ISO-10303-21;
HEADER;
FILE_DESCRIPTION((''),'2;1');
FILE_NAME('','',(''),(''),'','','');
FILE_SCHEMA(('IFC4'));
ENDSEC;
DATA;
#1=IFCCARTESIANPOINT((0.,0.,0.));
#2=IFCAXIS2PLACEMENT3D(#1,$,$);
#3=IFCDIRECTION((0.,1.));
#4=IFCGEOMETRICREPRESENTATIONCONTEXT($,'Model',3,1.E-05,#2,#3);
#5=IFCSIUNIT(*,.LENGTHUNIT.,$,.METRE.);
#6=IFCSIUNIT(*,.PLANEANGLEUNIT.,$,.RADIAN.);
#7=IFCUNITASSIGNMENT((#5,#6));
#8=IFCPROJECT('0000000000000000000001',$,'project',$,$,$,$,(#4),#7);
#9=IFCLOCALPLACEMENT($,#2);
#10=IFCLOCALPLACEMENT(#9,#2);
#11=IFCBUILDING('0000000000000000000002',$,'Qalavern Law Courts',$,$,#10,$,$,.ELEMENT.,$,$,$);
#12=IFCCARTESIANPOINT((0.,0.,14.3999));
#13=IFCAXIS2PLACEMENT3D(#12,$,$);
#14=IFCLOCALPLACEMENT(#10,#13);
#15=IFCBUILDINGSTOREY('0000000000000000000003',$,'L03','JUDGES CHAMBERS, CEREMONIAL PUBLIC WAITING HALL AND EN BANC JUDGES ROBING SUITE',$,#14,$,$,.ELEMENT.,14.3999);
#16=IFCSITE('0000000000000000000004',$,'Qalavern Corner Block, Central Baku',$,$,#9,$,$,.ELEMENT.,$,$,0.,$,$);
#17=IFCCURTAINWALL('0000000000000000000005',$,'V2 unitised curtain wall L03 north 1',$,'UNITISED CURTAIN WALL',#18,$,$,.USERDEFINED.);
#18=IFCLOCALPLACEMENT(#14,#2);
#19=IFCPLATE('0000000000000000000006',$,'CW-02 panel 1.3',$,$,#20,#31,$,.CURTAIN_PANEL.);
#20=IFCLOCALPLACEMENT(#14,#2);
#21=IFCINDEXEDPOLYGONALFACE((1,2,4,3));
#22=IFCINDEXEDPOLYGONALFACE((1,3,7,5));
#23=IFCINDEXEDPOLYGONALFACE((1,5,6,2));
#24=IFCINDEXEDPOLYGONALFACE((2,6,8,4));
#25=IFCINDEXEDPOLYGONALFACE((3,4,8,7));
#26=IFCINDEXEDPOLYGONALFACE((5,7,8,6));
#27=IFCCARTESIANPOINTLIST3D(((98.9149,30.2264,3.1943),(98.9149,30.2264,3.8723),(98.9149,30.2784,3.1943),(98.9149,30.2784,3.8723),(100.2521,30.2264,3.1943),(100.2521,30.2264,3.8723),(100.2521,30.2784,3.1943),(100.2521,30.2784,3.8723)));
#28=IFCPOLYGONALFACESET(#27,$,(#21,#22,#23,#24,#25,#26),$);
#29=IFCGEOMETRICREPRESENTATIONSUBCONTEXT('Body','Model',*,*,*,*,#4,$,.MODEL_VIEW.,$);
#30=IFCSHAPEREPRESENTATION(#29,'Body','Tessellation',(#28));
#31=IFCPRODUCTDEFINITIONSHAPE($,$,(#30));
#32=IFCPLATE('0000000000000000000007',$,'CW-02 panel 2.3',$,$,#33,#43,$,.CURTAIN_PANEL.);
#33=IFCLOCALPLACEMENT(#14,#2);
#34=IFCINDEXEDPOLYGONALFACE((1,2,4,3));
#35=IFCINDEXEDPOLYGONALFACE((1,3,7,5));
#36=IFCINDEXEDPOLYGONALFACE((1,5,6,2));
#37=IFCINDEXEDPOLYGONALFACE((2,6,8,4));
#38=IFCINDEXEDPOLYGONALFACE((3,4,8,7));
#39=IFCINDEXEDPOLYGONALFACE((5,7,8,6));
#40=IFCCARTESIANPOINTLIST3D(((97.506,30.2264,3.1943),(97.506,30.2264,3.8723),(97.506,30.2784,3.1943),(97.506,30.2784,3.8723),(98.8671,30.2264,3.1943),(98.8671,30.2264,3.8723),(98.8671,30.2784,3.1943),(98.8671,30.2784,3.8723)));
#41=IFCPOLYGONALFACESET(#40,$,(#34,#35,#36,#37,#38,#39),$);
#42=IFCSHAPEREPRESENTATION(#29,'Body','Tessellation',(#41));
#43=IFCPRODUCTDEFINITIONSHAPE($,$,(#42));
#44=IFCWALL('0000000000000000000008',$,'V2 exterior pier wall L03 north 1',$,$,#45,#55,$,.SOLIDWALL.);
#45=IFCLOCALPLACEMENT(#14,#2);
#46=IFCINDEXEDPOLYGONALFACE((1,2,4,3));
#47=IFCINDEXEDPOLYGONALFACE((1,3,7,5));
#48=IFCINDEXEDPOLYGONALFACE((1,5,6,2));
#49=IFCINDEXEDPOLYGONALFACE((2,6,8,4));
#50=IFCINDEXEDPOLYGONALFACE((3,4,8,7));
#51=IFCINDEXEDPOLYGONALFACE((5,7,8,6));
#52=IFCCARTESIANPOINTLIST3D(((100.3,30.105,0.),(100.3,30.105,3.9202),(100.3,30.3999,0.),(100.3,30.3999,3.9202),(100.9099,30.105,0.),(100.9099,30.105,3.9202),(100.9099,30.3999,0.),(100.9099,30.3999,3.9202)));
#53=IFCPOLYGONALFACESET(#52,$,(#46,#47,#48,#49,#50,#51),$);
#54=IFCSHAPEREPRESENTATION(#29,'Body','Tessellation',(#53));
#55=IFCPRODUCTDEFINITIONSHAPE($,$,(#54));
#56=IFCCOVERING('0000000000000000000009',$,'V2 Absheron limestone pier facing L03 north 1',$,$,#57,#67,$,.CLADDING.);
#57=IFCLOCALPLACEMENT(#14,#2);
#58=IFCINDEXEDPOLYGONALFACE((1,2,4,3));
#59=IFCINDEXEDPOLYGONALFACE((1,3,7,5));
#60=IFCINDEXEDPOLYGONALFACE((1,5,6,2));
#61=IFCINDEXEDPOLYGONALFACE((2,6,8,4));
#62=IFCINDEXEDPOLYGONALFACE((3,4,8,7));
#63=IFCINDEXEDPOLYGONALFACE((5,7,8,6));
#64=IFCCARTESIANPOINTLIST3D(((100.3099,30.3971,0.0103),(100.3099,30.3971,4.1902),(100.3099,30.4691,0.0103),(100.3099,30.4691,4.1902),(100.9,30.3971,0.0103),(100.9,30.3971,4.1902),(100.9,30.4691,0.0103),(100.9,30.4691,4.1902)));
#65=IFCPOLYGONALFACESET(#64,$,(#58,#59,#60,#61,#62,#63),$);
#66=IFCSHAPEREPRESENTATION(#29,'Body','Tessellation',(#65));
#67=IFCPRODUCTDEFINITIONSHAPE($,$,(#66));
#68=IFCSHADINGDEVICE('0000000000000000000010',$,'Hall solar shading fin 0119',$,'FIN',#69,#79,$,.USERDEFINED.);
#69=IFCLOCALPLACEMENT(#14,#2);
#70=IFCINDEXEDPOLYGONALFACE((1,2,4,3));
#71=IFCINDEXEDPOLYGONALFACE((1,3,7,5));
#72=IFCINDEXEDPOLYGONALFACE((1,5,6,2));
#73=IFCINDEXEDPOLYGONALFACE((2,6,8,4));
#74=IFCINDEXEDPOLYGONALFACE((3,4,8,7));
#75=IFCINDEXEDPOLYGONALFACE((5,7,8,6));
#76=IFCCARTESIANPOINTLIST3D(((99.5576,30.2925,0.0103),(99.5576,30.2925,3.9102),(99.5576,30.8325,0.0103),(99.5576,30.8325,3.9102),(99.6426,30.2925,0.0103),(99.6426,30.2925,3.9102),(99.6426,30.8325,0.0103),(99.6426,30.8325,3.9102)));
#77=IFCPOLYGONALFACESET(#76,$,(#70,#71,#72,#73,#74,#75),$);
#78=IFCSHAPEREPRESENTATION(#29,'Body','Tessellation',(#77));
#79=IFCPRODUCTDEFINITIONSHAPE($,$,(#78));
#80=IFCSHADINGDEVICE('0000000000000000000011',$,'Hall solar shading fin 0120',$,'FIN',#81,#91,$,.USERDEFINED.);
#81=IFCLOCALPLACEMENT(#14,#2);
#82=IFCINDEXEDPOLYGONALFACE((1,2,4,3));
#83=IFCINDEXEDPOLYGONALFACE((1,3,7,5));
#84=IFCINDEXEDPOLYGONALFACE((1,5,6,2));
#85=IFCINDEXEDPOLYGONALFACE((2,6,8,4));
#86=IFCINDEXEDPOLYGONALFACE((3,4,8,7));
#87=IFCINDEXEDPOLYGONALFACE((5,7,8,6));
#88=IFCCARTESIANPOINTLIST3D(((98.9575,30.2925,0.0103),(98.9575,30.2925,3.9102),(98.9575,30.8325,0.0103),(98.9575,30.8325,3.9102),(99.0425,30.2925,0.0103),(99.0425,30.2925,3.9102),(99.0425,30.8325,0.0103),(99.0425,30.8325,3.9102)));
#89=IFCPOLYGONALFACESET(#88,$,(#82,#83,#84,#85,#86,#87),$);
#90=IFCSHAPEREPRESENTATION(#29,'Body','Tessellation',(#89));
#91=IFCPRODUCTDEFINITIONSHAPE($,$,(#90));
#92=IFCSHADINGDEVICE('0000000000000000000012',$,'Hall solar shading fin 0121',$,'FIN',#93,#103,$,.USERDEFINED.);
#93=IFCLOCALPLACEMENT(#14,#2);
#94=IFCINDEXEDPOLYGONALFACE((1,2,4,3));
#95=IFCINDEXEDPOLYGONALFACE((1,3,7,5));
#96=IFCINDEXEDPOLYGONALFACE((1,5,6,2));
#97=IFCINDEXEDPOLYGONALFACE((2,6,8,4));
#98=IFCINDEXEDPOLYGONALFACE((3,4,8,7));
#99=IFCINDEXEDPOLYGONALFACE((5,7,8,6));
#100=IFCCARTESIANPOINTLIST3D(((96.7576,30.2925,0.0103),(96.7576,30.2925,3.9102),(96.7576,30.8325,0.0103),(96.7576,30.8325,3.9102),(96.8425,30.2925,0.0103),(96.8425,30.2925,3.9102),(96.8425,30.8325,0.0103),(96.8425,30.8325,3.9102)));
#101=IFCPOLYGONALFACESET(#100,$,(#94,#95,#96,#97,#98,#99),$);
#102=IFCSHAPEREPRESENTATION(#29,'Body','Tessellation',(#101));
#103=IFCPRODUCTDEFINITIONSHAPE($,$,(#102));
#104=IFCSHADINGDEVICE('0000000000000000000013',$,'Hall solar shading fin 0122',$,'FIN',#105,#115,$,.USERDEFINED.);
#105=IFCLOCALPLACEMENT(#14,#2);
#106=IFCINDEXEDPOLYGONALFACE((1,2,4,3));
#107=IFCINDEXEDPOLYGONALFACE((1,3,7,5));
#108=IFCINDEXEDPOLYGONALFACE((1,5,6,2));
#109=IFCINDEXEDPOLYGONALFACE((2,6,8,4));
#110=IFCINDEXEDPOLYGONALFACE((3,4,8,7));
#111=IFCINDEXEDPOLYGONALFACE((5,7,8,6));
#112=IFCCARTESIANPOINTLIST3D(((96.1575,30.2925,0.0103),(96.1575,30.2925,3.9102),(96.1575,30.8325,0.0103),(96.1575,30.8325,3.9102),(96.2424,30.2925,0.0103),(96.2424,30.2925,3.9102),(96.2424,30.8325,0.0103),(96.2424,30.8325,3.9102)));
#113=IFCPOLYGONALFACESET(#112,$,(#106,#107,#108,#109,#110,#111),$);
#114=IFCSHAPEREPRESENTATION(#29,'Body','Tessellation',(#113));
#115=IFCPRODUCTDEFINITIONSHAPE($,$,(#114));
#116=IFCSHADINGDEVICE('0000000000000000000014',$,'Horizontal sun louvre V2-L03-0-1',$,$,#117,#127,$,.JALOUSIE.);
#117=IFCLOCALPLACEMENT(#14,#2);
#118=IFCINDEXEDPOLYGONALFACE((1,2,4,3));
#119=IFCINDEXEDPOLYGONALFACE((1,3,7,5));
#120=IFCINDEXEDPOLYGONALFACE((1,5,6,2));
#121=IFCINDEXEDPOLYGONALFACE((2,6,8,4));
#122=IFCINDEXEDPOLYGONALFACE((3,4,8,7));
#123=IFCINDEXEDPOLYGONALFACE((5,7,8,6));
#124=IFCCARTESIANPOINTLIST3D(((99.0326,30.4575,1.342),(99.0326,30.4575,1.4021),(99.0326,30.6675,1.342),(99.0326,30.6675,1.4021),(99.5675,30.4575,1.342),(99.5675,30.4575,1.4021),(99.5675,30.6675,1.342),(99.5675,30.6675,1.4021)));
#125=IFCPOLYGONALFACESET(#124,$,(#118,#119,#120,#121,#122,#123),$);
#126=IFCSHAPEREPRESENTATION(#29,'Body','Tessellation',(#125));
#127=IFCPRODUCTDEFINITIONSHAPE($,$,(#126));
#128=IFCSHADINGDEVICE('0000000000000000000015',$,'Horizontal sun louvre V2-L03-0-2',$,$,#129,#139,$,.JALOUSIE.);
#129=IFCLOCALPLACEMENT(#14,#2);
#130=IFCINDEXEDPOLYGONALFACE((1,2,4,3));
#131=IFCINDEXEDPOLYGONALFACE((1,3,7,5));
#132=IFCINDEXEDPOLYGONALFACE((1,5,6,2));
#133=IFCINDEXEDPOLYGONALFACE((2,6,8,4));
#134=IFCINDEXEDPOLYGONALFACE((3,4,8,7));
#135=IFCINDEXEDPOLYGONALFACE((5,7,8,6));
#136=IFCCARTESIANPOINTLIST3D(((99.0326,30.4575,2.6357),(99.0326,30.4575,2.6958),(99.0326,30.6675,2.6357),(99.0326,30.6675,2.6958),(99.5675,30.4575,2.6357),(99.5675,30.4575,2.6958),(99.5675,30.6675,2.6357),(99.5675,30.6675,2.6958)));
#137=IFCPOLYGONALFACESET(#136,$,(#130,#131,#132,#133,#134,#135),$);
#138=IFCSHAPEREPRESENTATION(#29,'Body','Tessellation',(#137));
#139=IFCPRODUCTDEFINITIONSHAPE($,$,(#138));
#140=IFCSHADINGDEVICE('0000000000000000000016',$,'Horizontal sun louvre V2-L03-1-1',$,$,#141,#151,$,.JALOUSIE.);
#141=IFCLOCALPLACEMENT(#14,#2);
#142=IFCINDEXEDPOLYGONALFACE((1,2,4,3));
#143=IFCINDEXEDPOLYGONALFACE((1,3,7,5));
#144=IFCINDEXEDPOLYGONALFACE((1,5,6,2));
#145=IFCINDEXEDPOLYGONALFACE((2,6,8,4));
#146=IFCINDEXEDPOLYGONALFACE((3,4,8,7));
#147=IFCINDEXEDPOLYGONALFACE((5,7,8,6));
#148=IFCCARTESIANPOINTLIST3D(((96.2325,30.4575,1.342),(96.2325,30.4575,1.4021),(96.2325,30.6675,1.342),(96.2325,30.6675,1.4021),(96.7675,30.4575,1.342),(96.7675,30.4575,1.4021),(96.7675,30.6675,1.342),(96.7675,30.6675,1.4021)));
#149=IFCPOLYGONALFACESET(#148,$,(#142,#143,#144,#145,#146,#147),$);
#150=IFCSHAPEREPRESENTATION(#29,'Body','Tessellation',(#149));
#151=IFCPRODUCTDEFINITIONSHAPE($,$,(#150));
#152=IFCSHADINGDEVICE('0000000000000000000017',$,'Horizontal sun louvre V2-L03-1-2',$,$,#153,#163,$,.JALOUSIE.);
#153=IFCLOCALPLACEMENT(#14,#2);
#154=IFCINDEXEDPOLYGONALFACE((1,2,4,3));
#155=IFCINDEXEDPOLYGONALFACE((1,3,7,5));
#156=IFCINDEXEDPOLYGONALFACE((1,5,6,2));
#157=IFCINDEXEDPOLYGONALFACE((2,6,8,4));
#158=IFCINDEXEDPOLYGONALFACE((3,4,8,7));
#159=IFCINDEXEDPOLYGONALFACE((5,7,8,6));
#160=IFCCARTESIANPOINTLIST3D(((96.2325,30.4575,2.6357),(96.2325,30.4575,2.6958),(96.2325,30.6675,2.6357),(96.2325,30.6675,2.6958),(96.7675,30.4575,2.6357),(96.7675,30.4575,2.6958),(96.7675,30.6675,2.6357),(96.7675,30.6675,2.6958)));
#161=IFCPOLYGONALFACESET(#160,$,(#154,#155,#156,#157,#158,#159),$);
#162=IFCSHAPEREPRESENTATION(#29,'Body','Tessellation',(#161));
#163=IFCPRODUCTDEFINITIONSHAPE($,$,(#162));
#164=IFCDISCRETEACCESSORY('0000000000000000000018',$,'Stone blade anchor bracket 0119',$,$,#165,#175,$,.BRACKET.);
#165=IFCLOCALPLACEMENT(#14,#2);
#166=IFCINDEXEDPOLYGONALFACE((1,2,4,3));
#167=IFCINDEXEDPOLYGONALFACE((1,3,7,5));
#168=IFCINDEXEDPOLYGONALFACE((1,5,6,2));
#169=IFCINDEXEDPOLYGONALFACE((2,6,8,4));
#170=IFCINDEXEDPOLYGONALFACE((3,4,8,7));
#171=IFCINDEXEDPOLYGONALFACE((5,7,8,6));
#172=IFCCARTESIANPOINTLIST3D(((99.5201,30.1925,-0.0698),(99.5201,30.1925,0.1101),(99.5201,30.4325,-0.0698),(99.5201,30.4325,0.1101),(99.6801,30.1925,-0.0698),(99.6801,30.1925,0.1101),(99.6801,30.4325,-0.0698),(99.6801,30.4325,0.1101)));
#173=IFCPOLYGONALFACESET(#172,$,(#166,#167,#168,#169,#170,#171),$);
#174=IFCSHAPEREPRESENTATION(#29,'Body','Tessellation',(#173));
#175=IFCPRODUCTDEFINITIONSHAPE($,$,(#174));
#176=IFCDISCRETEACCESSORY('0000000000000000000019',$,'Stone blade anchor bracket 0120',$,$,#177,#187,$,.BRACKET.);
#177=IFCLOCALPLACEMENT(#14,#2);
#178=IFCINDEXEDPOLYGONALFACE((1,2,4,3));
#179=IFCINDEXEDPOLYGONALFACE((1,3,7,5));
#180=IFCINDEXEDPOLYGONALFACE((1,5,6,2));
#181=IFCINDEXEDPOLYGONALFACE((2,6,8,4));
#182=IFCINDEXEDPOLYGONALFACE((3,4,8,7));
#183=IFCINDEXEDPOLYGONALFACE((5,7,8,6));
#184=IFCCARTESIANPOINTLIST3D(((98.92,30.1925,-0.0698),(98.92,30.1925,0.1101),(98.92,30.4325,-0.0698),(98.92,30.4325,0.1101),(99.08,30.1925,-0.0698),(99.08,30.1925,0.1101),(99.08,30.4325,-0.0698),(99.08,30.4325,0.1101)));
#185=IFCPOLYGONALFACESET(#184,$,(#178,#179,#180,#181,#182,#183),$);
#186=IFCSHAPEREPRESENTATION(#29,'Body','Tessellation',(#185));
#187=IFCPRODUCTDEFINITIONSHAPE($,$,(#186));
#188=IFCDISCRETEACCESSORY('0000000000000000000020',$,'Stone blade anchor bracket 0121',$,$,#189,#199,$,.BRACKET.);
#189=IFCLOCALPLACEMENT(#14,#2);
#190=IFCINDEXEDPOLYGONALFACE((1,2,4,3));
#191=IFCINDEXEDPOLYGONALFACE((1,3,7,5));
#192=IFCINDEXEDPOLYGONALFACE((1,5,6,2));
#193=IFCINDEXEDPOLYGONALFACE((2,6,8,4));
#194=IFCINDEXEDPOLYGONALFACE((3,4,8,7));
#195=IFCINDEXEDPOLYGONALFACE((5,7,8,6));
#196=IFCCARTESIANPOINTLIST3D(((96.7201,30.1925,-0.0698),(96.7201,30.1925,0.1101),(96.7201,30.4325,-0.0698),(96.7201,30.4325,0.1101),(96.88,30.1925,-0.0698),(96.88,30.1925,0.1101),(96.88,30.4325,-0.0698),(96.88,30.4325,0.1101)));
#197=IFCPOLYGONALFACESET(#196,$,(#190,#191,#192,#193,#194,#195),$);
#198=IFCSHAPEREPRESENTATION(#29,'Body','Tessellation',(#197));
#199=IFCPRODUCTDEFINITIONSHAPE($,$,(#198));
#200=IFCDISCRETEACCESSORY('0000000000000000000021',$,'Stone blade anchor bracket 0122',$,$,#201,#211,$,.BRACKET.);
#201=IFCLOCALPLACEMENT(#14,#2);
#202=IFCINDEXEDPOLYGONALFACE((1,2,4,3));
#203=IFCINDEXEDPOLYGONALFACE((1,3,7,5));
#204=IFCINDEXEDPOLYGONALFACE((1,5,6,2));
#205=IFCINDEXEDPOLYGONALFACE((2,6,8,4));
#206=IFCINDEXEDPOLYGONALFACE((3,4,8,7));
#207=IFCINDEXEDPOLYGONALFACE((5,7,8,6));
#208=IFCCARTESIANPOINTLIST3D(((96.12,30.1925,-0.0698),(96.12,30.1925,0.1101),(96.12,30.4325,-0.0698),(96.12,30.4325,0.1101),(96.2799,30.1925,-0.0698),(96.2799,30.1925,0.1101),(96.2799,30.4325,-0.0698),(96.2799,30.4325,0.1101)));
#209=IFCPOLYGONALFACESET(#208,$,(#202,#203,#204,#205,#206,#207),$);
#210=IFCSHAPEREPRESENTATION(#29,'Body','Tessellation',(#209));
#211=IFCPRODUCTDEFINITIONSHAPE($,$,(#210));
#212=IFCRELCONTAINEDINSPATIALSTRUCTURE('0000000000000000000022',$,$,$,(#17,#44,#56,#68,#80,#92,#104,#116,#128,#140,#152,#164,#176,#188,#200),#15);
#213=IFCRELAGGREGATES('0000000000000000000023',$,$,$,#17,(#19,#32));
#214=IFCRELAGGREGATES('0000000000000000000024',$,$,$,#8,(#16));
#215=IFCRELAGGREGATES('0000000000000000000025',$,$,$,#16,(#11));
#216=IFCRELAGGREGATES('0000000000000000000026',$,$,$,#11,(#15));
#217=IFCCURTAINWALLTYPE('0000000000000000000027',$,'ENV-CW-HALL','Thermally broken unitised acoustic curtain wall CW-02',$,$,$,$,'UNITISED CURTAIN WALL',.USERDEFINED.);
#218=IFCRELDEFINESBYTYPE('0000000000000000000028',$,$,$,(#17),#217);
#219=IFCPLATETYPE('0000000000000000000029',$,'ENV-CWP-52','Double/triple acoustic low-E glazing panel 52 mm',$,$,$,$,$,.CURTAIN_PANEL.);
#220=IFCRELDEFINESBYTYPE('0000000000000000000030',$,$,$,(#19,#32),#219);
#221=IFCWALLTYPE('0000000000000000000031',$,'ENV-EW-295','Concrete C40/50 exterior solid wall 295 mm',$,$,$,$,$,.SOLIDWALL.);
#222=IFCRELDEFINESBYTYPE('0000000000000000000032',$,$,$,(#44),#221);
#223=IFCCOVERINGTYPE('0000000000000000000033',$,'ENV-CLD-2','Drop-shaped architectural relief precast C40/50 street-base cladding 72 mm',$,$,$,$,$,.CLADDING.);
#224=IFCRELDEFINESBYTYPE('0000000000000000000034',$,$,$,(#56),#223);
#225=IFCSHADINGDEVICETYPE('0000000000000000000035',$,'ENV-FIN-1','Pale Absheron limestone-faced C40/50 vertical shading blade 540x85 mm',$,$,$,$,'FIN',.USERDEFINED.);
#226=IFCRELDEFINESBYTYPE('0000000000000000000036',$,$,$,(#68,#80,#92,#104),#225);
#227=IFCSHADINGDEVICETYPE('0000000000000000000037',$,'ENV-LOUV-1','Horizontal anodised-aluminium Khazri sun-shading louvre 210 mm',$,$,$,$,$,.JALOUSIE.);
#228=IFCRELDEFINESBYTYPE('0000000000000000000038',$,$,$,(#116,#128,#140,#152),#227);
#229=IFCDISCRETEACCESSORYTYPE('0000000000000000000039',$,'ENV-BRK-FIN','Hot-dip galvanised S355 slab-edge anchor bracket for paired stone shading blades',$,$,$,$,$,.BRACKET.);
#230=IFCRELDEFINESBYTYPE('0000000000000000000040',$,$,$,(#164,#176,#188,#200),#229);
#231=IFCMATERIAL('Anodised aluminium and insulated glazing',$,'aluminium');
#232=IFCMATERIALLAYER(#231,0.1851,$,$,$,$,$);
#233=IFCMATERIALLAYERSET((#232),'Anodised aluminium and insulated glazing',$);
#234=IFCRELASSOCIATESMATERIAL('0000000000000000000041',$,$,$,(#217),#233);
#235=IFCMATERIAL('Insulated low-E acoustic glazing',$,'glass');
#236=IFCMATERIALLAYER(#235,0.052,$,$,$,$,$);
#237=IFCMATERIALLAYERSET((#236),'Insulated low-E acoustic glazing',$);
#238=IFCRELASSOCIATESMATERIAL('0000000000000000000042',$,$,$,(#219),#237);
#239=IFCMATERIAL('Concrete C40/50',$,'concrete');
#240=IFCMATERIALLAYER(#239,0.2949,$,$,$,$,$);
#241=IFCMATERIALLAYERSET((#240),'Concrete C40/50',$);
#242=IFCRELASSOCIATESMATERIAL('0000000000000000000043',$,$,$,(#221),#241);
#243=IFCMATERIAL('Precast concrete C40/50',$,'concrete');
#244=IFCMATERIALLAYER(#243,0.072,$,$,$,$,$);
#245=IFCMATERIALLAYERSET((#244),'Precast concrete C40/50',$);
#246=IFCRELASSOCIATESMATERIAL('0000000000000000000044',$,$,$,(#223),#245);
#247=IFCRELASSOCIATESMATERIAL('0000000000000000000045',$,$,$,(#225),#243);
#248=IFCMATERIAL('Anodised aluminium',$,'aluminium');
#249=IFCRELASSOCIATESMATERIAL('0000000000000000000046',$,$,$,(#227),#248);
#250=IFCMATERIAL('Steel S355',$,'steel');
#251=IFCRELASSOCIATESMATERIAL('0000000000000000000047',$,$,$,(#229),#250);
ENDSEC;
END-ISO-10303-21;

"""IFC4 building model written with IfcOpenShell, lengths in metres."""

from ifc_helpers import new_model, si_unit, direction, frame, frame_2d, origin, origin_2d, place, context, subcontext, project, spatial, rectangle, extrude, material, layer, layer_set, type_object, element, aggregate, save


model = new_model("IFC4")

# Units and contexts
model_context = context("Model", 3, precision=1e-05, world=origin(), true_north=direction((0.0, 1.0)))
body_context = subcontext(model_context, "Body", "Model", "MODEL_VIEW")
ifc_project = project(units=[si_unit("LENGTHUNIT", "METRE"), si_unit("PLANEANGLEUNIT", "RADIAN")], contexts=[model_context])

# Site, building, storey
site_placement = place(None, origin())
site = spatial("IfcSite", under=ifc_project, at=site_placement, Name="Qalavern Corner Block, Central Baku", CompositionType="ELEMENT", RefElevation=0.0)
building_placement = place(site_placement, origin())
building = spatial("IfcBuilding", under=site, at=building_placement, Name="Qalavern Law Courts", CompositionType="ELEMENT")
storey_placement = place(building_placement, frame((0.0, 0.0, 14.3999)))
storey = spatial("IfcBuildingStorey", under=building, at=storey_placement, Name="L03", Description="JUDGES CHAMBERS, CEREMONIAL PUBLIC WAITING HALL AND EN BANC JUDGES ROBING SUITE", CompositionType="ELEMENT", Elevation=14.3999)

# Curtain wall
ifc_material_1 = material(Name="Anodised aluminium and insulated glazing", Category="aluminium")
ifc_material_2 = material(Name="Anodised aluminium", Category="aluminium")
ifc_layer_1 = layer(ifc_material_1, 0.1851)
ifc_layer_set_1 = layer_set([ifc_layer_1], Name="Anodised aluminium and insulated glazing")
curtain_wall_type_1 = type_object("IfcCurtainWallType", Name="ENV-CW-HALL", Description="Thermally broken unitised acoustic curtain wall CW-02", ElementType="UNITISED CURTAIN WALL", PredefinedType="USERDEFINED", material=ifc_layer_set_1)
curtain_wall_1_placement = place(storey_placement, origin())
curtain_wall_1 = element("IfcCurtainWall", 1, at=curtain_wall_1_placement, inside=storey, type_object=curtain_wall_type_1, Name="V2 unitised curtain wall L03 north 1", ObjectType="UNITISED CURTAIN WALL", PredefinedType="USERDEFINED")

# Plates
ifc_material_3 = material(Name="Insulated low-E acoustic glazing", Category="glass")
ifc_layer_2 = layer(ifc_material_3, 0.052)
ifc_layer_set_2 = layer_set([ifc_layer_2], Name="Insulated low-E acoustic glazing")
plate_type_1 = type_object("IfcPlateType", Name="ENV-CWP-52", Description="Double/triple acoustic low-E glazing panel 52 mm", PredefinedType="CURTAIN_PANEL", material=ifc_layer_set_2)
plate_1_placement = place(storey_placement, frame((99.5835, 30.2524, 3.1943), z_axis=(0.0, 0.0, 1.0), x_axis=(-1.0, 0.0, 0.0)))
plate_1 = element("IfcPlate", 2, at=plate_1_placement, type_object=plate_type_1, Name="CW-02 panel 1.3", PredefinedType="CURTAIN_PANEL", context=body_context, shape_type="SweptSolid", body=[
    extrude(rectangle(XDim=1.3372, YDim=0.052, at=origin_2d()), origin(), (0.0, 0.0, 1.0), 0.678),
])
plate_2_placement = place(storey_placement, frame((98.1865, 30.2524, 3.1943), z_axis=(0.0, 0.0, 1.0), x_axis=(-1.0, 0.0, 0.0)))
plate_2 = element("IfcPlate", 3, at=plate_2_placement, type_object=plate_type_1, Name="CW-02 panel 2.3", PredefinedType="CURTAIN_PANEL", context=body_context, shape_type="SweptSolid", body=[
    extrude(rectangle(XDim=1.3611, YDim=0.052, at=origin_2d()), origin(), (0.0, 0.0, 1.0), 0.678),
])
aggregate(curtain_wall_1, [plate_1, plate_2])

# Wall
ifc_material_4 = material(Name="Concrete C40/50", Category="concrete")
ifc_layer_3 = layer(ifc_material_4, 0.2949)
ifc_layer_set_3 = layer_set([ifc_layer_3], Name="Concrete C40/50")
wall_type = type_object("IfcWallType", Name="ENV-EW-295", Description="Concrete C40/50 exterior solid wall 295 mm", PredefinedType="SOLIDWALL", material=ifc_layer_set_3)
wall_placement = place(storey_placement, frame((100.9099, 30.2524, 0.0), z_axis=(0.0, 0.0, 1.0), x_axis=(-1.0, 0.0, 0.0)))
element("IfcWall", 4, at=wall_placement, inside=storey, type_object=wall_type, Name="V2 exterior pier wall L03 north 1", PredefinedType="SOLIDWALL", context=body_context, shape_type="SweptSolid", body=[
    extrude(rectangle(XDim=0.6099, YDim=0.2949, at=frame_2d((0.3049, 0.0))), origin(), (0.0, 0.0, 1.0), 3.9202),
])

# Covering
ifc_material_5 = material(Name="Precast concrete C40/50", Category="concrete")
ifc_layer_4 = layer(ifc_material_5, 0.072)
ifc_layer_set_4 = layer_set([ifc_layer_4], Name="Precast concrete C40/50")
covering_type = type_object("IfcCoveringType", Name="ENV-CLD-2", Description="Drop-shaped architectural relief precast C40/50 street-base cladding 72 mm", PredefinedType="CLADDING", material=ifc_layer_set_4)
covering_placement = place(storey_placement, frame((100.605, 30.4331, 0.0103), z_axis=(0.0, 0.0, 1.0), x_axis=(-1.0, 0.0, 0.0)))
element("IfcCovering", 5, at=covering_placement, inside=storey, type_object=covering_type, Name="V2 Absheron limestone pier facing L03 north 1", PredefinedType="CLADDING", context=body_context, shape_type="SweptSolid", body=[
    extrude(rectangle(XDim=0.5901, YDim=0.072, at=origin_2d()), origin(), (0.0, 0.0, 1.0), 4.1799),
])

# Shading devices
shading_device_type_1 = type_object("IfcShadingDeviceType", Name="ENV-FIN-1", Description="Pale Absheron limestone-faced C40/50 vertical shading blade 540x85 mm", ElementType="FIN", PredefinedType="USERDEFINED", material=ifc_material_5)
for number, where, z_axis, x_axis, name in (
    (6, (99.6001, 30.5625, 0.0103), (0.0, 0.0, 1.0), (0.0, 1.0, 0.0), "Hall solar shading fin 0119"),
    (7, (99.0, 30.5625, 0.0103), (0.0, 0.0, 1.0), (0.0, 1.0, 0.0), "Hall solar shading fin 0120"),
    (8, (96.8, 30.5625, 0.0103), (0.0, 0.0, 1.0), (0.0, 1.0, 0.0), "Hall solar shading fin 0121"),
    (9, (96.2, 30.5625, 0.0103), (0.0, 0.0, 1.0), (0.0, 1.0, 0.0), "Hall solar shading fin 0122"),
):
    element("IfcShadingDevice", number, at=place(storey_placement, frame(where, z_axis=z_axis, x_axis=x_axis)), inside=storey, type_object=shading_device_type_1, Name=name, ObjectType="FIN", PredefinedType="USERDEFINED", context=body_context, shape_type="SweptSolid", body=[
        extrude(rectangle(XDim=0.54, YDim=0.085, at=origin_2d()), origin(), (0.0, 0.0, 1.0), 3.8999),
    ])
shading_device_type_2 = type_object("IfcShadingDeviceType", Name="ENV-LOUV-1", Description="Horizontal anodised-aluminium Khazri sun-shading louvre 210 mm", PredefinedType="JALOUSIE", material=ifc_material_2)
for number, where, z_axis, x_axis, name in (
    (10, (99.3, 30.5625, 1.342), (0.0, 0.0, 1.0), (-1.0, 0.0, 0.0), "Horizontal sun louvre V2-L03-0-1"),
    (11, (99.3, 30.5625, 2.6357), (0.0, 0.0, 1.0), (-1.0, 0.0, 0.0), "Horizontal sun louvre V2-L03-0-2"),
    (12, (96.5, 30.5625, 1.342), (0.0, 0.0, 1.0), (-1.0, 0.0, 0.0), "Horizontal sun louvre V2-L03-1-1"),
    (13, (96.5, 30.5625, 2.6357), (0.0, 0.0, 1.0), (-1.0, 0.0, 0.0), "Horizontal sun louvre V2-L03-1-2"),
):
    element("IfcShadingDevice", number, at=place(storey_placement, frame(where, z_axis=z_axis, x_axis=x_axis)), inside=storey, type_object=shading_device_type_2, Name=name, PredefinedType="JALOUSIE", context=body_context, shape_type="SweptSolid", body=[
        extrude(rectangle(XDim=0.5349, YDim=0.21, at=origin_2d()), origin(), (0.0, 0.0, 1.0), 0.0601),
    ])

# Discrete accessories
ifc_material_6 = material(Name="Steel S355", Category="steel")
discrete_accessory_type = type_object("IfcDiscreteAccessoryType", Name="ENV-BRK-FIN", Description="Hot-dip galvanised S355 slab-edge anchor bracket for paired stone shading blades", PredefinedType="BRACKET", material=ifc_material_6)
for number, where, z_axis, x_axis, name in (
    (14, (99.6001, 30.3125, -0.0698), (0.0, 0.0, 1.0), (0.0, 1.0, 0.0), "Stone blade anchor bracket 0119"),
    (15, (99.0, 30.3125, -0.0698), (0.0, 0.0, 1.0), (0.0, 1.0, 0.0), "Stone blade anchor bracket 0120"),
    (16, (96.8, 30.3125, -0.0698), (0.0, 0.0, 1.0), (0.0, 1.0, 0.0), "Stone blade anchor bracket 0121"),
    (17, (96.2, 30.3125, -0.0698), (0.0, 0.0, 1.0), (0.0, 1.0, 0.0), "Stone blade anchor bracket 0122"),
):
    element("IfcDiscreteAccessory", number, at=place(storey_placement, frame(where, z_axis=z_axis, x_axis=x_axis)), inside=storey, type_object=discrete_accessory_type, Name=name, PredefinedType="BRACKET", context=body_context, shape_type="SweptSolid", body=[
        extrude(rectangle(XDim=0.24, YDim=0.1599, at=origin_2d()), origin(), (0.0, 0.0, 1.0), 0.1799),
    ])

save(model, "model.ifc")
